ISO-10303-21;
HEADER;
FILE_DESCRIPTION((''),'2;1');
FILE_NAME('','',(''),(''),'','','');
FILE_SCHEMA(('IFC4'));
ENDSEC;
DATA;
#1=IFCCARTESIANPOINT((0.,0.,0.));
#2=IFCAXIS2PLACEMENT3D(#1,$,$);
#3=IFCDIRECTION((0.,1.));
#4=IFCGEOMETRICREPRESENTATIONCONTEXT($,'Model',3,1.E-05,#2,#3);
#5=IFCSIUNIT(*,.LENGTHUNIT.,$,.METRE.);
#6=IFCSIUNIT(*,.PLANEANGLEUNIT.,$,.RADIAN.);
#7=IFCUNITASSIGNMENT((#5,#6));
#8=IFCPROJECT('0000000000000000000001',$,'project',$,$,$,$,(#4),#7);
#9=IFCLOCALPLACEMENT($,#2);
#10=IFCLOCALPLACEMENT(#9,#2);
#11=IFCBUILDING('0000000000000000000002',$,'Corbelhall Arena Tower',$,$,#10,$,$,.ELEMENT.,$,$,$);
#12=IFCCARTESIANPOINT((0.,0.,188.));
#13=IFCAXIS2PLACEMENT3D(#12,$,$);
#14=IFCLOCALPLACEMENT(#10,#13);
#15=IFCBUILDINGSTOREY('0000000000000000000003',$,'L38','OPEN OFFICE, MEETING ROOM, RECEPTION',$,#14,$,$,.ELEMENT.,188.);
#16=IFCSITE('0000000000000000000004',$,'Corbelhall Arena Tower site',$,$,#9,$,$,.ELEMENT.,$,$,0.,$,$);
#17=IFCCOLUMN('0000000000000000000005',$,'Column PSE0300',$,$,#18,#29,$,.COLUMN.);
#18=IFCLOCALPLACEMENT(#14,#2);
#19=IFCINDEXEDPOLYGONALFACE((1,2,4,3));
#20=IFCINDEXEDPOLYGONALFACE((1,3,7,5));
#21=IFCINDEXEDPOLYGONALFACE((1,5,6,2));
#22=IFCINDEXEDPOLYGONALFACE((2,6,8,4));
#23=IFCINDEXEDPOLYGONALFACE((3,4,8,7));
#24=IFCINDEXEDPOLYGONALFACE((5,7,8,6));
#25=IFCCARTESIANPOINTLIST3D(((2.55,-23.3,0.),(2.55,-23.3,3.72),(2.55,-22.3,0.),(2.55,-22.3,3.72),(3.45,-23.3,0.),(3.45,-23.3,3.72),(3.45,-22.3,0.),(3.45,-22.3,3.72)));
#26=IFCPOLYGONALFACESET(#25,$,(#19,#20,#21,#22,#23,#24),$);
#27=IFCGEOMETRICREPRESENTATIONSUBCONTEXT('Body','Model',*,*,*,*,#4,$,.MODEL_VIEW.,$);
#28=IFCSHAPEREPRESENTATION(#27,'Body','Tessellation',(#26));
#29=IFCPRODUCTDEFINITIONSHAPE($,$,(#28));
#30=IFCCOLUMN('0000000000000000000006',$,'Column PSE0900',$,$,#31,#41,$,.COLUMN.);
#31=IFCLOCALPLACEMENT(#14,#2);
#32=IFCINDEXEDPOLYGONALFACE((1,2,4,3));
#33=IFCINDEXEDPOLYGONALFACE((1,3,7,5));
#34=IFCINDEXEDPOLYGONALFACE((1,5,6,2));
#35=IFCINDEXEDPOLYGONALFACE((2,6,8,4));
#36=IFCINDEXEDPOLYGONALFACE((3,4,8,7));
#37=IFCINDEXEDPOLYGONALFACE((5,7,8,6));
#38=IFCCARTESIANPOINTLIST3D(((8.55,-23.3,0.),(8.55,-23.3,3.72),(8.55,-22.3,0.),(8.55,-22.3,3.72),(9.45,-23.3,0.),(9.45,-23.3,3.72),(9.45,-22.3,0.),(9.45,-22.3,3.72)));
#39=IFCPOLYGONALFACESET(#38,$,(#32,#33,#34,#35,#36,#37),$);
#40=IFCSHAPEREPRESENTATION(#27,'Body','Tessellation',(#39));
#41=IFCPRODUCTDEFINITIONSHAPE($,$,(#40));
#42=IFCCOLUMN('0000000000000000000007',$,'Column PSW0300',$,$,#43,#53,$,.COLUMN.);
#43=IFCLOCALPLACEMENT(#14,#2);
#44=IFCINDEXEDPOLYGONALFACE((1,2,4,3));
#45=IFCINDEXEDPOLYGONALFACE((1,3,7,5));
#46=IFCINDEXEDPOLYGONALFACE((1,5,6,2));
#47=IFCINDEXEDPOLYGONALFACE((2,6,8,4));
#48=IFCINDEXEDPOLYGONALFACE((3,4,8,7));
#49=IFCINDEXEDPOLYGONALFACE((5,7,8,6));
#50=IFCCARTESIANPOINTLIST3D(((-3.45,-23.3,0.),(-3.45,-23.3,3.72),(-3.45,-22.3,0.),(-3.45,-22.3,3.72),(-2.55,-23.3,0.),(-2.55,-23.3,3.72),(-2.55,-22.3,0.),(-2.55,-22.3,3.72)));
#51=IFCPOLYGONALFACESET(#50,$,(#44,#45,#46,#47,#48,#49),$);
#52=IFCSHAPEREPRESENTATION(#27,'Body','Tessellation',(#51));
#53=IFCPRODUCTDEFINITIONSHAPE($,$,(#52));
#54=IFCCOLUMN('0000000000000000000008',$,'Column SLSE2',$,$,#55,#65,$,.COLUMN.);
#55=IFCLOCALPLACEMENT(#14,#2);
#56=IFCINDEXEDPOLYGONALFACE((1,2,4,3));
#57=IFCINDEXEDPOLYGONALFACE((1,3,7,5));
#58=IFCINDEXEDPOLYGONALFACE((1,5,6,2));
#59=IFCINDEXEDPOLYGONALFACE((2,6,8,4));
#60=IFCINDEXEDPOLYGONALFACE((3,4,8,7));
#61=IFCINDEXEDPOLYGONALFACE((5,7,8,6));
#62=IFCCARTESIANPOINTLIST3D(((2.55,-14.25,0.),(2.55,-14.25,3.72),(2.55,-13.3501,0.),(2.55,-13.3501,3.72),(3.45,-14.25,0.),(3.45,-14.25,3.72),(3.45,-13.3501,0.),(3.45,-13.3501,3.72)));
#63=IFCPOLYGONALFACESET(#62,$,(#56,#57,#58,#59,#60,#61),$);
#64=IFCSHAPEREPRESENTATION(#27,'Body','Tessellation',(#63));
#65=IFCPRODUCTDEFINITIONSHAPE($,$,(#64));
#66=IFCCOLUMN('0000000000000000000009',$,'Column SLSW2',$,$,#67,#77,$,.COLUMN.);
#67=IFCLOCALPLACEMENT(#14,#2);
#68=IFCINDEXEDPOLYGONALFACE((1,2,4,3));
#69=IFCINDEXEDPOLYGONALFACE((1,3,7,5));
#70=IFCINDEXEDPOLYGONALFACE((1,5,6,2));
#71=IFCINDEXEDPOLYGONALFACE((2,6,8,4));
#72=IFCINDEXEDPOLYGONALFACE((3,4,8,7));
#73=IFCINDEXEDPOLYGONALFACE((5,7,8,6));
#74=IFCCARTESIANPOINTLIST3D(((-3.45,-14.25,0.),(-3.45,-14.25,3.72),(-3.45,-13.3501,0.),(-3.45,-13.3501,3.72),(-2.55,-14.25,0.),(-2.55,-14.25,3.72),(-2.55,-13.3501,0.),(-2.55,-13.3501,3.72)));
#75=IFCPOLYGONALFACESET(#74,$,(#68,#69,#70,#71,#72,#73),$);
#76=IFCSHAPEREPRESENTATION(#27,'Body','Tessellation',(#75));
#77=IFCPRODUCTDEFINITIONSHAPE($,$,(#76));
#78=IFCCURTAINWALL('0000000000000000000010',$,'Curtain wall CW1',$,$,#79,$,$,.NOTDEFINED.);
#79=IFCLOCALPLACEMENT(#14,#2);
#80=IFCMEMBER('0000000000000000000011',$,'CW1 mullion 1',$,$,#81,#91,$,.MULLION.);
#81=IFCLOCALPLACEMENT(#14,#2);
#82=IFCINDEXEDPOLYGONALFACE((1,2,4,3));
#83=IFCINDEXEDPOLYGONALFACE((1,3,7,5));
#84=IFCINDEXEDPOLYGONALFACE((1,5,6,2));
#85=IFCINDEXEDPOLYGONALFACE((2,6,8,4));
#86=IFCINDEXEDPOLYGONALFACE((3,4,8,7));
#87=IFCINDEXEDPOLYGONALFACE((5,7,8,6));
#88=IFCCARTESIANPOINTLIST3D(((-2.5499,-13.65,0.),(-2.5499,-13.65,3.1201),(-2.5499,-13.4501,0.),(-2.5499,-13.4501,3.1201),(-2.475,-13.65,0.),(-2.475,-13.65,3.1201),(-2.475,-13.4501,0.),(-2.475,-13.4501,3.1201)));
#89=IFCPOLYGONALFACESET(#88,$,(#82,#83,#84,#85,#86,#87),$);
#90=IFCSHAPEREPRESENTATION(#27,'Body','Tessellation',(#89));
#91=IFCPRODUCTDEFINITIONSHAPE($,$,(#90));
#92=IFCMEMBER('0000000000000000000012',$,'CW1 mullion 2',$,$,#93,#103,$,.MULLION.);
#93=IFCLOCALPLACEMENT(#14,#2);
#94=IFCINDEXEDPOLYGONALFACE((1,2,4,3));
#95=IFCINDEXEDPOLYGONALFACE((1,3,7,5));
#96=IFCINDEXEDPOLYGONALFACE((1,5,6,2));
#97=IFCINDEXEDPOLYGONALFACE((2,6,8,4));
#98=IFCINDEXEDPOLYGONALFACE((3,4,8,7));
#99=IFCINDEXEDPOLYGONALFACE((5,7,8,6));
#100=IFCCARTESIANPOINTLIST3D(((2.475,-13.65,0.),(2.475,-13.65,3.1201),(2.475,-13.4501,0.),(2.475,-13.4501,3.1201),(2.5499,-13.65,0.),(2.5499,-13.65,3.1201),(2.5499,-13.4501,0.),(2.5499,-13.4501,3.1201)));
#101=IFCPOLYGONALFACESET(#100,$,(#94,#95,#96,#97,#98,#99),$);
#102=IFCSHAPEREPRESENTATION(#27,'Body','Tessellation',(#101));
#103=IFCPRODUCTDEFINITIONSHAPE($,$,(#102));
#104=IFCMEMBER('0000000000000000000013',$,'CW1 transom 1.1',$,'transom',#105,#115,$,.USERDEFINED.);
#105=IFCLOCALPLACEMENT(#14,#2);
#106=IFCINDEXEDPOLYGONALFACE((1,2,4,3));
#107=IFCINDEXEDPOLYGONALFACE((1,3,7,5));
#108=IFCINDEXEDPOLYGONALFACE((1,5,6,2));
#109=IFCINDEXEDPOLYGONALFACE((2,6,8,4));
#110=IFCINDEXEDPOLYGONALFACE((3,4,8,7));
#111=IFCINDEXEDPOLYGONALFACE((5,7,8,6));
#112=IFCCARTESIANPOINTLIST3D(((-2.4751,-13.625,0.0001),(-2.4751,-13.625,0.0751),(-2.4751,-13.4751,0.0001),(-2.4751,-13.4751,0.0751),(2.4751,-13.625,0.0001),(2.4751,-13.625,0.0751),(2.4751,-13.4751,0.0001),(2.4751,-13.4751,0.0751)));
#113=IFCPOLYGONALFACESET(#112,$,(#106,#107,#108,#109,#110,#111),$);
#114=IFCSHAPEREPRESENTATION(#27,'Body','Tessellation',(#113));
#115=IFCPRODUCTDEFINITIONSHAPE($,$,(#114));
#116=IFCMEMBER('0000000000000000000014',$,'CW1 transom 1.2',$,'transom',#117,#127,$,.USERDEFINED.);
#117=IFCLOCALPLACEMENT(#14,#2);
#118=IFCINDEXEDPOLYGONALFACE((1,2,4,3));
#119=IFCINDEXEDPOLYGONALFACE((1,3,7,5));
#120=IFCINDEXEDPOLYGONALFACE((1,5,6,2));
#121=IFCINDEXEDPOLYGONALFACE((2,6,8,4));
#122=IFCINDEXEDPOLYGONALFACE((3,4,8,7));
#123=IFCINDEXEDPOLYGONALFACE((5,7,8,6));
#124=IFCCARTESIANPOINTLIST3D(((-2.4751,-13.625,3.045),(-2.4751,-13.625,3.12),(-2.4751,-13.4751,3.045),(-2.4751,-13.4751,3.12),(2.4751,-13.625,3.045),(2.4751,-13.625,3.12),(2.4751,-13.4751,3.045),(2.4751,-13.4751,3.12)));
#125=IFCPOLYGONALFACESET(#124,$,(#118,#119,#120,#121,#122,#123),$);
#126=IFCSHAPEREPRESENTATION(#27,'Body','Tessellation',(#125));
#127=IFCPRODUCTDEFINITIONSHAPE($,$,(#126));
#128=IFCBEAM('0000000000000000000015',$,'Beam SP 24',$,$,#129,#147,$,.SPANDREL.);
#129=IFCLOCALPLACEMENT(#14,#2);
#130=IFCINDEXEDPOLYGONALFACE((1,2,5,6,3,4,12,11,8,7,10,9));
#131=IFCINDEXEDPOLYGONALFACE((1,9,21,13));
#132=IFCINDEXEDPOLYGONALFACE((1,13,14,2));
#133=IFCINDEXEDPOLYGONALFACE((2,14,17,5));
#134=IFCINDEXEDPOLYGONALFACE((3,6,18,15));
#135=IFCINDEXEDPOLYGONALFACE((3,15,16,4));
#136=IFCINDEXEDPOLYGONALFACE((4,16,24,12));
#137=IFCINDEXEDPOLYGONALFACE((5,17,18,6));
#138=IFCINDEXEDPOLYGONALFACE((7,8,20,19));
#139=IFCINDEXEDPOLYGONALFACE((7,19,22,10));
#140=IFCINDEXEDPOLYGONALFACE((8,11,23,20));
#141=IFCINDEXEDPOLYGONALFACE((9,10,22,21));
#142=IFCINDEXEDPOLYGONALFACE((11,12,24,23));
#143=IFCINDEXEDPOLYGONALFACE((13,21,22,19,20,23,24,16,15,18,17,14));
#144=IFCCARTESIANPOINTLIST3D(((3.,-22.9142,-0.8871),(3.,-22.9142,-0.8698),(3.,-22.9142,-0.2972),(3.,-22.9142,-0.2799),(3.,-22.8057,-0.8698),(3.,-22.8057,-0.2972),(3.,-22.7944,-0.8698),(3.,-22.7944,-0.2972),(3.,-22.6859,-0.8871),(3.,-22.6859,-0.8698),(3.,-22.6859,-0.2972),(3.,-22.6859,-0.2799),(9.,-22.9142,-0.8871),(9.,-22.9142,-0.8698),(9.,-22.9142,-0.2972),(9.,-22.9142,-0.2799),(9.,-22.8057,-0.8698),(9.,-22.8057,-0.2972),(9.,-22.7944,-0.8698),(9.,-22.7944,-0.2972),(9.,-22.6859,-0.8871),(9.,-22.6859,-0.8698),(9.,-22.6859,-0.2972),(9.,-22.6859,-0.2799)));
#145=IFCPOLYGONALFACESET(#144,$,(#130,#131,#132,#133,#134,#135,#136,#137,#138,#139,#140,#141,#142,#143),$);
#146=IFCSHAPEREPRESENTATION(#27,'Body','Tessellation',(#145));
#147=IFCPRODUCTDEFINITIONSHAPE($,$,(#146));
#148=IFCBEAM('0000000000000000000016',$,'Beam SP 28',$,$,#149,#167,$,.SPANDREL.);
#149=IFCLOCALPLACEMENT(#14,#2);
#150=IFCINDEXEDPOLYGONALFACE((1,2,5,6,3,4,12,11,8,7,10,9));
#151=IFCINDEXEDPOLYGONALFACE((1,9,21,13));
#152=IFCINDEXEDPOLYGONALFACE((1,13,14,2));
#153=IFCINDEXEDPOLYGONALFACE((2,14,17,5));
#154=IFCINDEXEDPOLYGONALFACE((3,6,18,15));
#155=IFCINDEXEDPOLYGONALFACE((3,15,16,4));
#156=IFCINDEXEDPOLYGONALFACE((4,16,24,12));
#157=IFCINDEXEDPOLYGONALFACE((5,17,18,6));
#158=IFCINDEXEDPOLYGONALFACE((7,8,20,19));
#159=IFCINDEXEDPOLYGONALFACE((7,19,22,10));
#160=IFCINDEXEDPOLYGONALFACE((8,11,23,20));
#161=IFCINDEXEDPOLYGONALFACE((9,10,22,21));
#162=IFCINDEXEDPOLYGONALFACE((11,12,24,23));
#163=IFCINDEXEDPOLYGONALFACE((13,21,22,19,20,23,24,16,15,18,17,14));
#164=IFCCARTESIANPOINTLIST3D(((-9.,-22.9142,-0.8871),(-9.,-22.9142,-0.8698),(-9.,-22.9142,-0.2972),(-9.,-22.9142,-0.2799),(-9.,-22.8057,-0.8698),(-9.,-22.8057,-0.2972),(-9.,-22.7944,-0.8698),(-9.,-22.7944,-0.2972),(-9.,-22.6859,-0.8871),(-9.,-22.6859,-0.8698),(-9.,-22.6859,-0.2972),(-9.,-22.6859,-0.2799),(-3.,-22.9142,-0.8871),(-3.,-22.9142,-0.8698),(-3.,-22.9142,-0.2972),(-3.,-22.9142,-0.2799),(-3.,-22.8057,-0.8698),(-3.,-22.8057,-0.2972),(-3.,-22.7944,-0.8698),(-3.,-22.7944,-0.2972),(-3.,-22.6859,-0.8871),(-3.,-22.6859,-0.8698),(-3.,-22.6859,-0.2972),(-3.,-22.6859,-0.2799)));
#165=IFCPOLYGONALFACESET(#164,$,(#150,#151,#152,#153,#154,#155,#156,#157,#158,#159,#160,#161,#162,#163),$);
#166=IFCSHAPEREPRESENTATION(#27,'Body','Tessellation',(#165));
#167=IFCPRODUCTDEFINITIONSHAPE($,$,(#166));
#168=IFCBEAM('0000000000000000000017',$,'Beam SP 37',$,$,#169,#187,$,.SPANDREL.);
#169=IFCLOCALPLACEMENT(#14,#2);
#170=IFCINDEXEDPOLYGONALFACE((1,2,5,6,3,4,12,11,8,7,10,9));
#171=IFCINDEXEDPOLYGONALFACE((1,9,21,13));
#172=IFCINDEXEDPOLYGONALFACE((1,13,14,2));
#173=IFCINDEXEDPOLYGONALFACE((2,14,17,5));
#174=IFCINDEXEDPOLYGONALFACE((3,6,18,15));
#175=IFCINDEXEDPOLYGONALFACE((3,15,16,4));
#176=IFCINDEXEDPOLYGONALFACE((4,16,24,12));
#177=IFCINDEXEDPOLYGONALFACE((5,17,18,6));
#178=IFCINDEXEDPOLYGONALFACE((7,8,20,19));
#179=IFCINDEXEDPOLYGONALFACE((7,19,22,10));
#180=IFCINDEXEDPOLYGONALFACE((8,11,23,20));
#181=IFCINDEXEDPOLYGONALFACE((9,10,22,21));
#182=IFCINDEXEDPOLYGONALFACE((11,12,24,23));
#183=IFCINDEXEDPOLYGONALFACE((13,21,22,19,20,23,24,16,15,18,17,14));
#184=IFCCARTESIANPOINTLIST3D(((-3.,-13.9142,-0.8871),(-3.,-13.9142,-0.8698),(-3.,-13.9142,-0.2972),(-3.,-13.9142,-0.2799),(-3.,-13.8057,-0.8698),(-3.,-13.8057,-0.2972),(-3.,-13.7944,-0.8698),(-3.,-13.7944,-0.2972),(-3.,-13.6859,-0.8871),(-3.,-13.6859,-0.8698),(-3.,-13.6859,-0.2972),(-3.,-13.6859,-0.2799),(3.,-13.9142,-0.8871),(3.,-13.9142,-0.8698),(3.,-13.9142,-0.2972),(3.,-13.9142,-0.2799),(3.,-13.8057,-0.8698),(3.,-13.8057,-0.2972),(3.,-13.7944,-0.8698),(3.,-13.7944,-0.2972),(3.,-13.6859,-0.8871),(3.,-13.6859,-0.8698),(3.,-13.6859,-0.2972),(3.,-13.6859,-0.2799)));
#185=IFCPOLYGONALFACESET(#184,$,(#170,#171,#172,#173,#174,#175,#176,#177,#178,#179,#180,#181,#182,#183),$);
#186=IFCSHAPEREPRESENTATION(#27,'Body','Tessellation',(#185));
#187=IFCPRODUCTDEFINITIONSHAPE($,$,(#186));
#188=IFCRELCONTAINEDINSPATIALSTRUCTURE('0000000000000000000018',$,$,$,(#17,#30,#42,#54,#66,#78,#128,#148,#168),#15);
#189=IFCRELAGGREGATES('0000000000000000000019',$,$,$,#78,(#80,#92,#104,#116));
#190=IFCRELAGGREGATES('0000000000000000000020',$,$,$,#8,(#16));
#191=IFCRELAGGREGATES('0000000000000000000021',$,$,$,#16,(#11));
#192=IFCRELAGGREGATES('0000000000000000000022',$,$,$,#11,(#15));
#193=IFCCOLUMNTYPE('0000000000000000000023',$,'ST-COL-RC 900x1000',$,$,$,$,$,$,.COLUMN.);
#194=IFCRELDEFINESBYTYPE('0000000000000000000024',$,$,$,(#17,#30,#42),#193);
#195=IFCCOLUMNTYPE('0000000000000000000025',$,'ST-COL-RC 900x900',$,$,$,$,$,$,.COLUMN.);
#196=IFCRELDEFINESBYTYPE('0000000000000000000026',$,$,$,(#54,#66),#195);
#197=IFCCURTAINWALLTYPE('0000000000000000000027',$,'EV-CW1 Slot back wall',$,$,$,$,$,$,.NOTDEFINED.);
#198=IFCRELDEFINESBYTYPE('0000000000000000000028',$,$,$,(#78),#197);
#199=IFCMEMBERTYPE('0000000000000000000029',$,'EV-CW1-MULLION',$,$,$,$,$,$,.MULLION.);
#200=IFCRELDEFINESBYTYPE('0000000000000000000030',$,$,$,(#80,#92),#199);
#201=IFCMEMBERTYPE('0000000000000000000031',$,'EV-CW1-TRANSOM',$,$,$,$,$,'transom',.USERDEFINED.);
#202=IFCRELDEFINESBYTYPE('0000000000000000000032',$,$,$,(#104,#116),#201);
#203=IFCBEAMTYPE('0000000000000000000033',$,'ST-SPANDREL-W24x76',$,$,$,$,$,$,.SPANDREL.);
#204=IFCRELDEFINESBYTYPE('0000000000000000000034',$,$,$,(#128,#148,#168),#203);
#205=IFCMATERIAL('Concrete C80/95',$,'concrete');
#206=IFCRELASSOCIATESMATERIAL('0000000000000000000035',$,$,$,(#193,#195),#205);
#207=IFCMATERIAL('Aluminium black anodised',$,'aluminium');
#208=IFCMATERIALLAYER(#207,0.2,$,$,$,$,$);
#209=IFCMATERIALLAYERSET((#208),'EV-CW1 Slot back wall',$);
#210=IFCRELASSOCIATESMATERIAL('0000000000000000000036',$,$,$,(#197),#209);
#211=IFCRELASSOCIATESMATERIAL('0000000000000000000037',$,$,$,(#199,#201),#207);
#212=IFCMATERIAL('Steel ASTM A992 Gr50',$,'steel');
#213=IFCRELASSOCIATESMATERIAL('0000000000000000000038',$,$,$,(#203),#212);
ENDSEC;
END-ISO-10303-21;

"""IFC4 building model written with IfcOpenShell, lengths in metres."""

from ifc_helpers import new_model, si_unit, direction, frame, origin, origin_2d, place, context, subcontext, project, spatial, rectangle, i_section, extrude, material, layer, layer_set, material_profile, profile_set, type_object, element, aggregate, save


model = new_model("IFC4")

# Units and contexts
model_context = context("Model", 3, precision=1e-05, world=origin(), true_north=direction((0.0, 1.0)))
body_context = subcontext(model_context, "Body", "Model", "MODEL_VIEW")
ifc_project = project(units=[si_unit("LENGTHUNIT", "METRE"), si_unit("PLANEANGLEUNIT", "RADIAN")], contexts=[model_context])

# Site, building, storey
site_placement = place(None, origin())
site = spatial("IfcSite", under=ifc_project, at=site_placement, Name="Corbelhall Arena Tower site", CompositionType="ELEMENT", RefElevation=0.0)
building_placement = place(site_placement, origin())
building = spatial("IfcBuilding", under=site, at=building_placement, Name="Corbelhall Arena Tower", CompositionType="ELEMENT")
storey_placement = place(building_placement, frame((0.0, 0.0, 188.0)))
storey = spatial("IfcBuildingStorey", under=building, at=storey_placement, Name="L38", Description="OPEN OFFICE, MEETING ROOM, RECEPTION", CompositionType="ELEMENT", Elevation=188.0)

# Columns
ifc_material_1 = material(Name="Concrete C80/95", Category="concrete")
ifc_material_profile_1 = material_profile(ifc_material_1, rectangle(XDim=0.8999, YDim=1.0, at=origin_2d()))
ifc_profile_set_1 = profile_set([ifc_material_profile_1], Name="Concrete C80/95")
column_type_1 = type_object("IfcColumnType", Name="ST-COL-RC 900x1000", PredefinedType="COLUMN", material=ifc_profile_set_1)
for number, where, z_axis, x_axis, name in (
    (1, (3.0, -22.8, 0.0), (0.0, 0.0, 1.0), (1.0, 0.0, 0.0), "Column PSE0300"),
    (2, (9.0, -22.8, 0.0), (0.0, 0.0, 1.0), (1.0, 0.0, 0.0), "Column PSE0900"),
    (3, (-3.0, -22.8, 0.0), (0.0, 0.0, 1.0), (1.0, 0.0, 0.0), "Column PSW0300"),
):
    element("IfcColumn", number, at=place(storey_placement, frame(where, z_axis=z_axis, x_axis=x_axis)), inside=storey, type_object=column_type_1, Name=name, PredefinedType="COLUMN", context=body_context, shape_type="SweptSolid", body=[
        extrude(rectangle(XDim=0.8999, YDim=1.0, at=origin_2d()), origin(), (0.0, 0.0, 1.0), 3.72),
    ])
ifc_material_profile_2 = material_profile(ifc_material_1, rectangle(XDim=0.8999, YDim=0.8999, at=origin_2d()))
ifc_profile_set_2 = profile_set([ifc_material_profile_2], Name="Concrete C80/95")
column_type_2 = type_object("IfcColumnType", Name="ST-COL-RC 900x900", PredefinedType="COLUMN", material=ifc_profile_set_2)
for number, where, z_axis, x_axis, name in (
    (4, (3.0, -13.8, 0.0), (0.0, 0.0, 1.0), (1.0, 0.0, 0.0), "Column SLSE2"),
    (5, (-3.0, -13.8, 0.0), (0.0, 0.0, 1.0), (1.0, 0.0, 0.0), "Column SLSW2"),
):
    element("IfcColumn", number, at=place(storey_placement, frame(where, z_axis=z_axis, x_axis=x_axis)), inside=storey, type_object=column_type_2, Name=name, PredefinedType="COLUMN", context=body_context, shape_type="SweptSolid", body=[
        extrude(rectangle(XDim=0.8999, YDim=0.8999, at=origin_2d()), origin(), (0.0, 0.0, 1.0), 3.72),
    ])

# Curtain wall, members
ifc_material_2 = material(Name="Aluminium black anodised", Category="aluminium")
ifc_layer_1 = layer(ifc_material_2, 0.2)
ifc_layer_set_1 = layer_set([ifc_layer_1], Name="EV-CW1 Slot back wall")
curtain_wall_type = type_object("IfcCurtainWallType", Name="EV-CW1 Slot back wall", PredefinedType="NOTDEFINED", material=ifc_layer_set_1)
curtain_wall_placement = place(storey_placement, origin())
curtain_wall = element("IfcCurtainWall", 6, at=curtain_wall_placement, inside=storey, type_object=curtain_wall_type, Name="Curtain wall CW1", PredefinedType="NOTDEFINED")
ifc_material_profile_3 = material_profile(ifc_material_2, rectangle(XDim=0.2, YDim=0.075, at=origin_2d()))
ifc_profile_set_3 = profile_set([ifc_material_profile_3], Name="Aluminium black anodised")
member_type_1 = type_object("IfcMemberType", Name="EV-CW1-MULLION", PredefinedType="MULLION", material=ifc_profile_set_3)
member_1_placement = place(storey_placement, frame((-2.5125, -13.55, 0.0), z_axis=(0.0, 0.0, 1.0), x_axis=(0.0, 1.0, 0.0)))
member_1 = element("IfcMember", 7, at=member_1_placement, type_object=member_type_1, Name="CW1 mullion 1", PredefinedType="MULLION", context=body_context, shape_type="SweptSolid", body=[
    extrude(rectangle(XDim=0.2, YDim=0.075, at=origin_2d()), origin(), (0.0, 0.0, 1.0), 3.1201),
])
member_2_placement = place(storey_placement, frame((2.5125, -13.55, 0.0), z_axis=(0.0, 0.0, 1.0), x_axis=(0.0, 1.0, 0.0)))
member_2 = element("IfcMember", 8, at=member_2_placement, type_object=member_type_1, Name="CW1 mullion 2", PredefinedType="MULLION", context=body_context, shape_type="SweptSolid", body=[
    extrude(rectangle(XDim=0.2, YDim=0.075, at=origin_2d()), origin(), (0.0, 0.0, 1.0), 3.1201),
])
ifc_material_profile_4 = material_profile(ifc_material_2, rectangle(XDim=0.1499, YDim=0.075, at=origin_2d()))
ifc_profile_set_4 = profile_set([ifc_material_profile_4], Name="Aluminium black anodised")
member_type_2 = type_object("IfcMemberType", Name="EV-CW1-TRANSOM", ElementType="transom", PredefinedType="USERDEFINED", material=ifc_profile_set_4)
member_3_placement = place(storey_placement, frame((-2.4751, -13.55, 0.0376), z_axis=(1.0, 0.0, 0.0), x_axis=(0.0, 1.0, 0.0)))
member_3 = element("IfcMember", 9, at=member_3_placement, type_object=member_type_2, Name="CW1 transom 1.1", ObjectType="transom", PredefinedType="USERDEFINED", context=body_context, shape_type="SweptSolid", body=[
    extrude(rectangle(XDim=0.1499, YDim=0.075, at=origin_2d()), origin(), (0.0, 0.0, 1.0), 4.9502),
])
member_4_placement = place(storey_placement, frame((-2.4751, -13.55, 3.0825), z_axis=(1.0, 0.0, 0.0), x_axis=(0.0, 1.0, 0.0)))
member_4 = element("IfcMember", 10, at=member_4_placement, type_object=member_type_2, Name="CW1 transom 1.2", ObjectType="transom", PredefinedType="USERDEFINED", context=body_context, shape_type="SweptSolid", body=[
    extrude(rectangle(XDim=0.1499, YDim=0.075, at=origin_2d()), origin(), (0.0, 0.0, 1.0), 4.9502),
])

# Beams
ifc_material_3 = material(Name="Steel ASTM A992 Gr50", Category="steel")
ifc_material_profile_5 = material_profile(ifc_material_3, i_section(OverallWidth=0.2283, OverallDepth=0.6072, WebThickness=0.0112, FlangeThickness=0.0173, at=origin_2d()))
ifc_profile_set_5 = profile_set([ifc_material_profile_5], Name="Steel ASTM A992 Gr50")
beam_type_1 = type_object("IfcBeamType", Name="ST-SPANDREL-W24x76", PredefinedType="SPANDREL", material=ifc_profile_set_5)
for number, where, z_axis, x_axis, name in (
    (11, (9.0, -22.8, -0.5835), (-1.0, 0.0, 0.0), (0.0, -1.0, 0.0), "Beam SP 24"),
    (12, (-3.0, -22.8, -0.5835), (-1.0, 0.0, 0.0), (0.0, -1.0, 0.0), "Beam SP 28"),
    (13, (3.0, -13.8, -0.5835), (-1.0, 0.0, 0.0), (0.0, -1.0, 0.0), "Beam SP 37"),
):
    element("IfcBeam", number, at=place(storey_placement, frame(where, z_axis=z_axis, x_axis=x_axis)), inside=storey, type_object=beam_type_1, Name=name, PredefinedType="SPANDREL", context=body_context, shape_type="SweptSolid", body=[
        extrude(i_section(OverallWidth=0.2283, OverallDepth=0.6072, WebThickness=0.0112, FlangeThickness=0.0173, at=origin_2d()), origin(), (0.0, 0.0, 1.0), 6.0),
    ])

aggregate(curtain_wall, [member_1, member_2, member_3, member_4])

save(model, "model.ifc")
